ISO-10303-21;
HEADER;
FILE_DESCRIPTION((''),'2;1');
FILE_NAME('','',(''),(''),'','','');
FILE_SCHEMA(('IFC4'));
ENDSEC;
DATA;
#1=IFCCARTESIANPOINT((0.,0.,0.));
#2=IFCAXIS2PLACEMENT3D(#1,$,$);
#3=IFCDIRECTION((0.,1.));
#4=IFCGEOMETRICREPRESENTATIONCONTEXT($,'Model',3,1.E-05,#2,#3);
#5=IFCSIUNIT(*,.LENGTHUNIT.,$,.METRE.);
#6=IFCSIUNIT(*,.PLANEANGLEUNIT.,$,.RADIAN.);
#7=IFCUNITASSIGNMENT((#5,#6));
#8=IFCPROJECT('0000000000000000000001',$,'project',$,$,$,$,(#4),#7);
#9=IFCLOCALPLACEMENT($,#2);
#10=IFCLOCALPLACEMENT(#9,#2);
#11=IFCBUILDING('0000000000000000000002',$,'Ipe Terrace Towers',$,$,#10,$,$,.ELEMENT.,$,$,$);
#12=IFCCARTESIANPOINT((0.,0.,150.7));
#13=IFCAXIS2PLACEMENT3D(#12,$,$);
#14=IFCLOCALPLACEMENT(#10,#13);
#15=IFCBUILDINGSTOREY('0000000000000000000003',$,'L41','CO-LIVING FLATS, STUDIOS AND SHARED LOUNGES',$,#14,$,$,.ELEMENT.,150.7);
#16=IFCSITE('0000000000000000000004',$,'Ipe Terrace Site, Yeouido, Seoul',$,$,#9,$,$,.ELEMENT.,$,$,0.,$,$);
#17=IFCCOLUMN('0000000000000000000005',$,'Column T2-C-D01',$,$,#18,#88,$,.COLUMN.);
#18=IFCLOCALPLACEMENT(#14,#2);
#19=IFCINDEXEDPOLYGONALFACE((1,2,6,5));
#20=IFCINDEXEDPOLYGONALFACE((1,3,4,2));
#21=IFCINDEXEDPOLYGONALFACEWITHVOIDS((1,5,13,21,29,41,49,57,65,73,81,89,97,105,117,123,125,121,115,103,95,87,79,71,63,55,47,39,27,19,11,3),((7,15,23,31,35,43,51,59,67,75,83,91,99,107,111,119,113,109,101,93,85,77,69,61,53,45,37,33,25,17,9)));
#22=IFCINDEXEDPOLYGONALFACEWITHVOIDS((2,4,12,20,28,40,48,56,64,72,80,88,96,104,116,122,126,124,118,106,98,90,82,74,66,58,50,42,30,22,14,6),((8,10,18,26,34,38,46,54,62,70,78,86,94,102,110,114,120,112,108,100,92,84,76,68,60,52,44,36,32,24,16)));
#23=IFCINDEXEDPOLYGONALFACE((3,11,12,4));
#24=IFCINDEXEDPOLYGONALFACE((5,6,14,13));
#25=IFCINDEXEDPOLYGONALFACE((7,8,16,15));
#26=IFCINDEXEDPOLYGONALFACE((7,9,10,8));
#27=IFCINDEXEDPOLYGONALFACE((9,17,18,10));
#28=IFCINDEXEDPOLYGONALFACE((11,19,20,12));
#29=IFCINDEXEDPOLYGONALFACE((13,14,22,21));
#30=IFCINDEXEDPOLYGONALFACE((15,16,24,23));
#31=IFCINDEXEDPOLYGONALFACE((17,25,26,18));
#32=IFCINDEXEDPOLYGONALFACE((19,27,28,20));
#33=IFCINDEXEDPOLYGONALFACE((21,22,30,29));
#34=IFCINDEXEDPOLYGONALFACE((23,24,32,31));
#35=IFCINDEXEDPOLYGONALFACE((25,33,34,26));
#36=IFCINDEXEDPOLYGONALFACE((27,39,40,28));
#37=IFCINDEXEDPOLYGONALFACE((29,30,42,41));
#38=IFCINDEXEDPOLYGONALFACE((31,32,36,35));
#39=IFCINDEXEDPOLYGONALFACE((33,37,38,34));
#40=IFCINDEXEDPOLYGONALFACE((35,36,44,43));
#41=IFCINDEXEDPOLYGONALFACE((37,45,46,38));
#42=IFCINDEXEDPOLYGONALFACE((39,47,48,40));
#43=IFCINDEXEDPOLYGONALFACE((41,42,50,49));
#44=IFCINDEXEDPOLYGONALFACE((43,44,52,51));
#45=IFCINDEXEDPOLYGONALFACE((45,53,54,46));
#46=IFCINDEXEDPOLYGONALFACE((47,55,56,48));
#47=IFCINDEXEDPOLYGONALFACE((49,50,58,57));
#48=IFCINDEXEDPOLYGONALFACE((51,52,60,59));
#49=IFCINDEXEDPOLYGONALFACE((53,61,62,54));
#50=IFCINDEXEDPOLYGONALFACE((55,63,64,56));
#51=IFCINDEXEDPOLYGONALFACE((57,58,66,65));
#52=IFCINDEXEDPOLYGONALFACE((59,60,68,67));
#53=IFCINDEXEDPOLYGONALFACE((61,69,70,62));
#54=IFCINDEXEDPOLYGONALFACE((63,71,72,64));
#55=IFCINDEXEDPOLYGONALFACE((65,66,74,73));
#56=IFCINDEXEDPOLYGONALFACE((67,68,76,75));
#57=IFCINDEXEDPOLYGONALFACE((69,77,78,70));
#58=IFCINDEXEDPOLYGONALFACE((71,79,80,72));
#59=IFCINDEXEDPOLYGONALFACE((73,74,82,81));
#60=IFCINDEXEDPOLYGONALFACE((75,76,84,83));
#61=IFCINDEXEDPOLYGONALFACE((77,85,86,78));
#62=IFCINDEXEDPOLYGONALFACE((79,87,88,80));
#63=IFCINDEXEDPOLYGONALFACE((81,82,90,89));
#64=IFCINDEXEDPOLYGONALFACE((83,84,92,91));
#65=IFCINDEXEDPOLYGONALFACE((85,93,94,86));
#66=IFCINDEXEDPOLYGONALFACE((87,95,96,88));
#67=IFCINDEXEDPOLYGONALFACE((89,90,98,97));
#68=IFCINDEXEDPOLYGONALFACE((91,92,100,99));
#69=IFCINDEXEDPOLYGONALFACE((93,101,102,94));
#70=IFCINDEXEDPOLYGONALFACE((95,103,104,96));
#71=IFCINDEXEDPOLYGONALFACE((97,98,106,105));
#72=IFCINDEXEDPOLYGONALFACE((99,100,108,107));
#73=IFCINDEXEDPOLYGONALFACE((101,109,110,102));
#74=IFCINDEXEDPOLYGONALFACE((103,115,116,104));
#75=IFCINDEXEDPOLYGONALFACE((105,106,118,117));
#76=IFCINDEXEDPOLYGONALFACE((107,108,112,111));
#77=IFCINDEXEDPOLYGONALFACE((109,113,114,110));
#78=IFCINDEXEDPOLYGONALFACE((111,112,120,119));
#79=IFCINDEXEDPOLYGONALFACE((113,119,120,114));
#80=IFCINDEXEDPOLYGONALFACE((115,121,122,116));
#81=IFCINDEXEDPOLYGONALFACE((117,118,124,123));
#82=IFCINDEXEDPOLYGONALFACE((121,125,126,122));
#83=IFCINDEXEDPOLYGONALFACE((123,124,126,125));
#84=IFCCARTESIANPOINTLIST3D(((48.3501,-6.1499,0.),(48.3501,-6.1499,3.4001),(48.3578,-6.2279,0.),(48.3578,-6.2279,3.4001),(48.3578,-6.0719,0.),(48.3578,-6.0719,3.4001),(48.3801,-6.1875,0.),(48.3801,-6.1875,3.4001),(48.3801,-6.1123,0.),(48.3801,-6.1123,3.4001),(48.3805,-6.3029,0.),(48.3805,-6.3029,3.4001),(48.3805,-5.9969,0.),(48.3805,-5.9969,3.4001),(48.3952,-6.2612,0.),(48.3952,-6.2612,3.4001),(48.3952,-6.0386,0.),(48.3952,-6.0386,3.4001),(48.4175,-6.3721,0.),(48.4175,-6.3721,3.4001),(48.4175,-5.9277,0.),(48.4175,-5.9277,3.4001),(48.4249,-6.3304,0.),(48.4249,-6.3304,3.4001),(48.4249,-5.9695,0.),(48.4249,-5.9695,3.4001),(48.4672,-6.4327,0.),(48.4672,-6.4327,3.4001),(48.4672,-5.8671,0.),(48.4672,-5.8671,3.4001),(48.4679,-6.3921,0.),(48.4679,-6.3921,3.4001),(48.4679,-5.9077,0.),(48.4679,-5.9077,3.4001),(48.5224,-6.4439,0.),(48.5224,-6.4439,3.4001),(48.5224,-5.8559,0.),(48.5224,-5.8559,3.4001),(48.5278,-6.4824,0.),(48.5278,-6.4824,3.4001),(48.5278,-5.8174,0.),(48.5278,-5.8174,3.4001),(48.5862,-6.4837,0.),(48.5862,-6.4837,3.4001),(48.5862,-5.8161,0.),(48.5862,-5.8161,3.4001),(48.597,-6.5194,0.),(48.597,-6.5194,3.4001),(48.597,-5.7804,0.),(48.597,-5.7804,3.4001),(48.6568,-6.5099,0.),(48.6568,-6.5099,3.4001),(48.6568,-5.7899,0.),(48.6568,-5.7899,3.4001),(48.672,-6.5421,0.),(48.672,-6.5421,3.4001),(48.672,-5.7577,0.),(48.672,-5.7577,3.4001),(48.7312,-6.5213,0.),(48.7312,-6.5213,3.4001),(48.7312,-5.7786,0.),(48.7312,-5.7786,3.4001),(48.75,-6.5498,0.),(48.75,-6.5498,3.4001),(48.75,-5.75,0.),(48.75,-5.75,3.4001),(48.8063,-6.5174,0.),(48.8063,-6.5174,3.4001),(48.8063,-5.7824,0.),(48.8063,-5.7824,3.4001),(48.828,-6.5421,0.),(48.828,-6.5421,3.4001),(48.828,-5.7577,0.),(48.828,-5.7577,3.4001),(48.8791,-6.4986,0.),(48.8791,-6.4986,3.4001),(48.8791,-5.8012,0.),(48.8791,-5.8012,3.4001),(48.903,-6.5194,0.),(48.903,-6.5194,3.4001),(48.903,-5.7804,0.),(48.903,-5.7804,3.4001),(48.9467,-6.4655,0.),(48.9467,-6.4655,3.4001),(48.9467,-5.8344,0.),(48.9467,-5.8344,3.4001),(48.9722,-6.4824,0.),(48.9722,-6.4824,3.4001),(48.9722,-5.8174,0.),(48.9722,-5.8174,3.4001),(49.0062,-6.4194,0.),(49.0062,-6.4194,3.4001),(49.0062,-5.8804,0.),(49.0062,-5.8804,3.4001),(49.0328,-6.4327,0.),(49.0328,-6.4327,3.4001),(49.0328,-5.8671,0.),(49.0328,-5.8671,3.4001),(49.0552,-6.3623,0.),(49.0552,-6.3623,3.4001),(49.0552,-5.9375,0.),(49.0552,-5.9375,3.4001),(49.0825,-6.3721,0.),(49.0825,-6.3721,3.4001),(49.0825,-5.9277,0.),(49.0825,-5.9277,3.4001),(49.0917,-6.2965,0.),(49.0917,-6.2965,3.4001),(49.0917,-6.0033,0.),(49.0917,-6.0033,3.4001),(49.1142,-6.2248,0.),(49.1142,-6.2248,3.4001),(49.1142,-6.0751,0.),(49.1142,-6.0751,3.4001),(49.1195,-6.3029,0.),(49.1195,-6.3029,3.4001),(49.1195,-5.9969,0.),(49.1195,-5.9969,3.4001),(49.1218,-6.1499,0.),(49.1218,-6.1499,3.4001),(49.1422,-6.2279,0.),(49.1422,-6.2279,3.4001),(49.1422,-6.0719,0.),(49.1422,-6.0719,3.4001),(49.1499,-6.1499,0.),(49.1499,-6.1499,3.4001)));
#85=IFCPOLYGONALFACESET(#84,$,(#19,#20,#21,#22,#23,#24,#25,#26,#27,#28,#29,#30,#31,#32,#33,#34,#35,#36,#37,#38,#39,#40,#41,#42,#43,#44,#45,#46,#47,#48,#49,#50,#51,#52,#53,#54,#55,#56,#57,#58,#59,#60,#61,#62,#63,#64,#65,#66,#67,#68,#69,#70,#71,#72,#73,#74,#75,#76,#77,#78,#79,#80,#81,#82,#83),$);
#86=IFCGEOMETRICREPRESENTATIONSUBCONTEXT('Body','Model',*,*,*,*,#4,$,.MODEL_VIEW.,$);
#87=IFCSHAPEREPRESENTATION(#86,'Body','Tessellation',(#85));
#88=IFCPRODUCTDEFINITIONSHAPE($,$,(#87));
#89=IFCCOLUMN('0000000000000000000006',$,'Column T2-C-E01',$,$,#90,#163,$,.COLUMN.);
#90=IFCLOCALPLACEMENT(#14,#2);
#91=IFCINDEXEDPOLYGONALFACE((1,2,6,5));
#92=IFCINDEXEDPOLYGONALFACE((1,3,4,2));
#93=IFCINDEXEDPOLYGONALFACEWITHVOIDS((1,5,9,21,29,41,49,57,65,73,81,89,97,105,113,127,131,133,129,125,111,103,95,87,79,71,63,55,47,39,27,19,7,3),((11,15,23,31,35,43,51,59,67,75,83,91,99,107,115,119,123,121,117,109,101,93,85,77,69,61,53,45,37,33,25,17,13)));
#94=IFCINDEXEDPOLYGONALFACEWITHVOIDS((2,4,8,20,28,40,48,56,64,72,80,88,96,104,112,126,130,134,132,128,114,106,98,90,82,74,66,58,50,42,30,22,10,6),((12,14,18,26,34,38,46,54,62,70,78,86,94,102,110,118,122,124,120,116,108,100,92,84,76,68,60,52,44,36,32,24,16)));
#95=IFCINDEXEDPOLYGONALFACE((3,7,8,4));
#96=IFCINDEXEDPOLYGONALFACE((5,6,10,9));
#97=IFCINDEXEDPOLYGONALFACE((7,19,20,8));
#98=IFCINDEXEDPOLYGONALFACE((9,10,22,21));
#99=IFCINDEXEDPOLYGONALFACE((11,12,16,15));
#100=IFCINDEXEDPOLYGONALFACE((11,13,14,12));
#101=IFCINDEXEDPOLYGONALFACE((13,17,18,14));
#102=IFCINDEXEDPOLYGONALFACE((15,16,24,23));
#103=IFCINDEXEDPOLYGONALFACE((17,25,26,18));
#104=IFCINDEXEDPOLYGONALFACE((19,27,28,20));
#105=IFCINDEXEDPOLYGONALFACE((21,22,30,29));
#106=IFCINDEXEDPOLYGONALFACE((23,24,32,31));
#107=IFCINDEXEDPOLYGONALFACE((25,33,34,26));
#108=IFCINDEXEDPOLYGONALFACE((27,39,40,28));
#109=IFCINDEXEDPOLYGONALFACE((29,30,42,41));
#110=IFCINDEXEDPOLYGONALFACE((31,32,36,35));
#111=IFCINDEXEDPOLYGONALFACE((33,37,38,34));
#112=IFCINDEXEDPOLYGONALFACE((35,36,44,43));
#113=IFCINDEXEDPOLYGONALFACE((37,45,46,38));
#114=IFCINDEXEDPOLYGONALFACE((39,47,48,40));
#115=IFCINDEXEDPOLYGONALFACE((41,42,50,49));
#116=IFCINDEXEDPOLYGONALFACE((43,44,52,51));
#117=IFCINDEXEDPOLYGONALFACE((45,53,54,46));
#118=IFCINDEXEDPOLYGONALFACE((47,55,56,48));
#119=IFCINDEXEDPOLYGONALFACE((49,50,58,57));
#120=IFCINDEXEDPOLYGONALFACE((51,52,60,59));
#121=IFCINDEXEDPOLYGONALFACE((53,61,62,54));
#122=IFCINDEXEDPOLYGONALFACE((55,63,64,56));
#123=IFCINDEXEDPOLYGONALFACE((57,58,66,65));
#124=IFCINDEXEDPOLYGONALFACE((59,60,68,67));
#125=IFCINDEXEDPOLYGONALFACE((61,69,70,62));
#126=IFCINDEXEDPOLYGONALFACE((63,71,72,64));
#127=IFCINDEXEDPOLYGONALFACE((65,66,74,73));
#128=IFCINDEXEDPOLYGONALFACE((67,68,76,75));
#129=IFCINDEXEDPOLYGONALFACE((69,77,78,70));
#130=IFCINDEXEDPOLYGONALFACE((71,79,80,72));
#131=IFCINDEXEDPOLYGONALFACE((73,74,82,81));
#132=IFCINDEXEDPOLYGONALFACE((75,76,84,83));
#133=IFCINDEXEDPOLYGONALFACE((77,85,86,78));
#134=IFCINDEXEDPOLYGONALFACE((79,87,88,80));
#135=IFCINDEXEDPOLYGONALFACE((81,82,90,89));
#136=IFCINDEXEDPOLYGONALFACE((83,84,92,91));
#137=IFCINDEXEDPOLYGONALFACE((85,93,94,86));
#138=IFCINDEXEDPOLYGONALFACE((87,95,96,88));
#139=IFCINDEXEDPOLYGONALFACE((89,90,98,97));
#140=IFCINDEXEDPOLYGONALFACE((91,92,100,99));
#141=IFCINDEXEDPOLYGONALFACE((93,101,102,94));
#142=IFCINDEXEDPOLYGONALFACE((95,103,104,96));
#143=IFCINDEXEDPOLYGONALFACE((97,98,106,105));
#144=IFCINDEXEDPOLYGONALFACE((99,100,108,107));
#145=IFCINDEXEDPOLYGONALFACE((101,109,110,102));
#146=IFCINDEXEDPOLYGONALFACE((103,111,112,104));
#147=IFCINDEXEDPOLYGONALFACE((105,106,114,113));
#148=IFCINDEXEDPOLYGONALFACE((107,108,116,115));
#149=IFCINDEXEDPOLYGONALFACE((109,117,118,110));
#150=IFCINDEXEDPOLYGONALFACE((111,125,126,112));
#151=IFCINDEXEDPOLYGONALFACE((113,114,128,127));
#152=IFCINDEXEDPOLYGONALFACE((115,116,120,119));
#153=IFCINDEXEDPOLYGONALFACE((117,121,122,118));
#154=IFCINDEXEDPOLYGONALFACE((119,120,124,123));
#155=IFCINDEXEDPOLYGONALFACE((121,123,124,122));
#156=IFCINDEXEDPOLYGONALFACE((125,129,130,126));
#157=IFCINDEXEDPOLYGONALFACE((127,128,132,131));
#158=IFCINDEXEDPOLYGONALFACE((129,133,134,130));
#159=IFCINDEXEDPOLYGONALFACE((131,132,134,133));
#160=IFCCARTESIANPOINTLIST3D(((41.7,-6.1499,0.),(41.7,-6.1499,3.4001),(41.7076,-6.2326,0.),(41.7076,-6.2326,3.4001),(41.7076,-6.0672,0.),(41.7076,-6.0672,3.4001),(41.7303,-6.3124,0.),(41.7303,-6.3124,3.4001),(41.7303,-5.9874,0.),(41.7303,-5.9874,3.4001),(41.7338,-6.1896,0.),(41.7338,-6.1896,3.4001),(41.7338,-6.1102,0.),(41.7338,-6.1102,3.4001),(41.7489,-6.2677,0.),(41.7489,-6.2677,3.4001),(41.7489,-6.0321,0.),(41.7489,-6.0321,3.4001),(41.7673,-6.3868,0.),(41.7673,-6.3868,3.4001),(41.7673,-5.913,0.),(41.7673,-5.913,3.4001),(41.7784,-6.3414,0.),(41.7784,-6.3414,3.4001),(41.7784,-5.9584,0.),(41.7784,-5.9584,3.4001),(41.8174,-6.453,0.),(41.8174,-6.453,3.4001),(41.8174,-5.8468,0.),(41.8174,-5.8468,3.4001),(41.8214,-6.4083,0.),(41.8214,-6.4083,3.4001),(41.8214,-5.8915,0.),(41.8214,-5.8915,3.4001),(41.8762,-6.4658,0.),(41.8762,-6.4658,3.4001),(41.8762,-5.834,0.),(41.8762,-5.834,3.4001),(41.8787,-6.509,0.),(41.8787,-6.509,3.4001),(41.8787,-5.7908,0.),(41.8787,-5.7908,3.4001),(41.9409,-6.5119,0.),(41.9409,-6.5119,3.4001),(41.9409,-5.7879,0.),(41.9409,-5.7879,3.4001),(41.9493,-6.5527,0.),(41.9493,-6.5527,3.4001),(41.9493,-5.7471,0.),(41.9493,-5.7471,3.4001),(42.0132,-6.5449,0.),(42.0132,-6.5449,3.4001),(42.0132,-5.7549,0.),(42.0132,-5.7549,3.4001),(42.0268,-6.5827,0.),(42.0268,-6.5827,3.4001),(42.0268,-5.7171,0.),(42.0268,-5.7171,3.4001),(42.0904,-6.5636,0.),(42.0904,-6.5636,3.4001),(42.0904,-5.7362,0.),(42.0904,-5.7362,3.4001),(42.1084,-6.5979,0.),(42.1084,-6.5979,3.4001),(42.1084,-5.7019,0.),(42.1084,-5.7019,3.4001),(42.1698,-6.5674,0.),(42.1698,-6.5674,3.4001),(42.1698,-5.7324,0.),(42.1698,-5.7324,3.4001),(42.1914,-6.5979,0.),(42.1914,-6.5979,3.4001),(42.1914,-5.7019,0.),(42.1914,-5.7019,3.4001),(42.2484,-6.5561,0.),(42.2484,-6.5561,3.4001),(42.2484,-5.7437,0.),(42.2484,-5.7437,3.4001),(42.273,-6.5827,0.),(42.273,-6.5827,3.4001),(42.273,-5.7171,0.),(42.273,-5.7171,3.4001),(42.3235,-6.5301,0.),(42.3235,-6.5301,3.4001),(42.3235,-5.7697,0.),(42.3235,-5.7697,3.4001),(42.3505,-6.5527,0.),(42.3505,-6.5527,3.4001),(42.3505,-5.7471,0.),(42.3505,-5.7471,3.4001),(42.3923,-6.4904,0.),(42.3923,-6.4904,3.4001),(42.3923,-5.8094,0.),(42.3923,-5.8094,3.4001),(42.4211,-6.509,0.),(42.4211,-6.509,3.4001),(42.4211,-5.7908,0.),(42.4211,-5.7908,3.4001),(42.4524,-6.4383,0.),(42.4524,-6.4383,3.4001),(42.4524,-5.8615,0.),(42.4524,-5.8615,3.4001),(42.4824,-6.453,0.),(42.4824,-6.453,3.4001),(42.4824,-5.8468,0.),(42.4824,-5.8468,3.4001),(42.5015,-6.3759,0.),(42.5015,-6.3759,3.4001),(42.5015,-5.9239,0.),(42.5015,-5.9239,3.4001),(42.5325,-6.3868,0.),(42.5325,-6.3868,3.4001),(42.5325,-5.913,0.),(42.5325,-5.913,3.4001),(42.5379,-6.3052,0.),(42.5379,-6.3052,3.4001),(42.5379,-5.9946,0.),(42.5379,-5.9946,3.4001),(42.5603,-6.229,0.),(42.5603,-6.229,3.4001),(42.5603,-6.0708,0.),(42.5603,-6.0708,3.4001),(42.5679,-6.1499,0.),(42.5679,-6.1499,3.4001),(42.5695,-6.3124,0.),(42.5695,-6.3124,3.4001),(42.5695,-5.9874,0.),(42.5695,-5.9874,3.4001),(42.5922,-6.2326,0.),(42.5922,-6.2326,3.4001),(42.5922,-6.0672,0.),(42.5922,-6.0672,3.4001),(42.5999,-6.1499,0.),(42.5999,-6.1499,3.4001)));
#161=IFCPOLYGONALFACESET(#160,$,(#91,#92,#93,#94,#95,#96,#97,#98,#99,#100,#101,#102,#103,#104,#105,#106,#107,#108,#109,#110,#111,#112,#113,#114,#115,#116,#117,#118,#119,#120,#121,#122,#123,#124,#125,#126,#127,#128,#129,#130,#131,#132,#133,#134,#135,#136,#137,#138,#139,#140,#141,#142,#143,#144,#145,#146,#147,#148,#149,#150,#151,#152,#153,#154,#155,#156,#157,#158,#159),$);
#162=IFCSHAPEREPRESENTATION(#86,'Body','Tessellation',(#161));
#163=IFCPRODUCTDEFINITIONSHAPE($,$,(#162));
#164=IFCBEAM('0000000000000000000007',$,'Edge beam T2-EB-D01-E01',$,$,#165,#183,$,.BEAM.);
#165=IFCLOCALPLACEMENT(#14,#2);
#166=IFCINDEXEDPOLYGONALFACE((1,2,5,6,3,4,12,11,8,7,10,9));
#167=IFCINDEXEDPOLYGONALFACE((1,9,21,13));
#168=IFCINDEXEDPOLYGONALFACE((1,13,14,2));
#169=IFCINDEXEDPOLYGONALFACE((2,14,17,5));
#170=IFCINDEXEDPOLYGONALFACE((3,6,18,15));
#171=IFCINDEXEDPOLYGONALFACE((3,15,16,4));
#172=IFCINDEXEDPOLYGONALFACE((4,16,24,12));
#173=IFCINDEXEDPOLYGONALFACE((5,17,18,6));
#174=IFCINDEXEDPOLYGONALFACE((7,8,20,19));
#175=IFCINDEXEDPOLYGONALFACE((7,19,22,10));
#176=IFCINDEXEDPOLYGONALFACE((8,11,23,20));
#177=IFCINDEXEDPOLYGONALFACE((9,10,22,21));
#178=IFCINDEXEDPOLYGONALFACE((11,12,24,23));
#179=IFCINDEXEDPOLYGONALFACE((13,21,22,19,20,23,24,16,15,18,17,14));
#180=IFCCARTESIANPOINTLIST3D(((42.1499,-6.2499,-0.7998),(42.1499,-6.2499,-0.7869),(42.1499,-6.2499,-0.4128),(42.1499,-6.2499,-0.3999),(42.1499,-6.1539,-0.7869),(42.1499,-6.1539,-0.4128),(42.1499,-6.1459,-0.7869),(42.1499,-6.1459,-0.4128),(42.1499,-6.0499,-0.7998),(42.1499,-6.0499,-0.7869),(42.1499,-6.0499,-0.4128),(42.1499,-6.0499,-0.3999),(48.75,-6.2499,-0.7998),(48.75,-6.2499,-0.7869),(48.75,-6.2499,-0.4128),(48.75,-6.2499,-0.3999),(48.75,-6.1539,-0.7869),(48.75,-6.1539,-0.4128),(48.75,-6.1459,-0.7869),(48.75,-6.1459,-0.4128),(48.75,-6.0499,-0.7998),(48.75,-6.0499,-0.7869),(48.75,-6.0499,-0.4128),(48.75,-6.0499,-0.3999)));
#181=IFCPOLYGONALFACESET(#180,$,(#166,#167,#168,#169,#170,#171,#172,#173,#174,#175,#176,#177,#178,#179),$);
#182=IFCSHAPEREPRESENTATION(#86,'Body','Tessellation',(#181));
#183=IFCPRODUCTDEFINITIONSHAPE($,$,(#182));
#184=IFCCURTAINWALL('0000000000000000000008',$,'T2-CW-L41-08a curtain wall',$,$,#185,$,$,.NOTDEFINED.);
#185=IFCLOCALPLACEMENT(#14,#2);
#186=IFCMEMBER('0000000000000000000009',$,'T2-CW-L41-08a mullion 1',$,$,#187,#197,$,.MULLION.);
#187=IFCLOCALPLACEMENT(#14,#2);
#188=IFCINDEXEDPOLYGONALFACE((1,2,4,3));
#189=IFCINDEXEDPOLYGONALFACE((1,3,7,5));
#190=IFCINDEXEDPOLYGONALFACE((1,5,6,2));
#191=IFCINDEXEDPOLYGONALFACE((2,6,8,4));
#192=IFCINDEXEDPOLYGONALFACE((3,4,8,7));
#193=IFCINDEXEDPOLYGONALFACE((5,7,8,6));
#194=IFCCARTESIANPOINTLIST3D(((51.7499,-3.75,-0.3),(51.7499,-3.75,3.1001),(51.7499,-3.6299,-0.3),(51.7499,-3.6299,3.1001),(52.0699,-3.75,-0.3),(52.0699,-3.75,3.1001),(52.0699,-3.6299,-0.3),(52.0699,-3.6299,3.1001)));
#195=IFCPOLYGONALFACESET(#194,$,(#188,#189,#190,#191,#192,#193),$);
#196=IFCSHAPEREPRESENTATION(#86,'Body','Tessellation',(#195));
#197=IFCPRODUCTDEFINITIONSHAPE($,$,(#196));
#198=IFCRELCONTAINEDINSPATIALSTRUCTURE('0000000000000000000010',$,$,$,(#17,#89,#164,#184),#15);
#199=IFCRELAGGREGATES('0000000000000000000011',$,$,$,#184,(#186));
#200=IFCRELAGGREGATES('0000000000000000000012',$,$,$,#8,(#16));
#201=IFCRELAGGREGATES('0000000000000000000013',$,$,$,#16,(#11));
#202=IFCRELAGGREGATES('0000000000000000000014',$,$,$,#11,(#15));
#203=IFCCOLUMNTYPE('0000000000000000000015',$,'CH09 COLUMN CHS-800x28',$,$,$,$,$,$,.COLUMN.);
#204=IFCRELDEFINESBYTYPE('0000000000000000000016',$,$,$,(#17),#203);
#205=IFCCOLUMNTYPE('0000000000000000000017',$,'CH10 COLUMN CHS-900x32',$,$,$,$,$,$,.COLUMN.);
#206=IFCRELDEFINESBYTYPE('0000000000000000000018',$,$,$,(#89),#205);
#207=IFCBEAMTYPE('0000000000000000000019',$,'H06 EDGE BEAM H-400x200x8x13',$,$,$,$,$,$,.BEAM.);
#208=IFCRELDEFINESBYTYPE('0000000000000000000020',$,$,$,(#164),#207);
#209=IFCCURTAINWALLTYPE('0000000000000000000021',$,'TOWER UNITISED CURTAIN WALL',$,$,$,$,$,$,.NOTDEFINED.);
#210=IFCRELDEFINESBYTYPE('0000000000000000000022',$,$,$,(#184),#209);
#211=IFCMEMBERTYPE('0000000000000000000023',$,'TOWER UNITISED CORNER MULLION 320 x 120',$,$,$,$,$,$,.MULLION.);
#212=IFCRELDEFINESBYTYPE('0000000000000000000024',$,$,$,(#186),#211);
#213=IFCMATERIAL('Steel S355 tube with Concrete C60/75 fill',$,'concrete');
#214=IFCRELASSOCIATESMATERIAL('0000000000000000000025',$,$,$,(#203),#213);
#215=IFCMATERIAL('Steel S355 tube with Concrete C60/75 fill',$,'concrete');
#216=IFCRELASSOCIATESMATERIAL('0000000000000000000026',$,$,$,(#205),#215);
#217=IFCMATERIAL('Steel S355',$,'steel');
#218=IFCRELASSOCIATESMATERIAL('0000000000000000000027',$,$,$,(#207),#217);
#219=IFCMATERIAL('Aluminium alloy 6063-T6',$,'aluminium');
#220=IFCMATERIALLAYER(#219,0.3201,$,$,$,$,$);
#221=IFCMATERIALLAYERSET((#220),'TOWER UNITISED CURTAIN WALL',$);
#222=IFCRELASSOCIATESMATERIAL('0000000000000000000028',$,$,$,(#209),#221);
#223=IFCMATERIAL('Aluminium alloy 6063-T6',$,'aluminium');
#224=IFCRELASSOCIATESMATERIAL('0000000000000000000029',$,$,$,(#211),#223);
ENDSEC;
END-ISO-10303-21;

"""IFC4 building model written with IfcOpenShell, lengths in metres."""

from ifc_helpers import new_model, si_unit, direction, frame, origin, origin_2d, place, context, subcontext, project, spatial, rectangle, hollow_circle, i_section, extrude, material, layer, layer_set, material_profile, profile_set, type_object, element, aggregate, save


model = new_model("IFC4")

# Units and contexts
model_context = context("Model", 3, precision=1e-05, world=origin(), true_north=direction((0.0, 1.0)))
body_context = subcontext(model_context, "Body", "Model", "MODEL_VIEW")
ifc_project = project(units=[si_unit("LENGTHUNIT", "METRE"), si_unit("PLANEANGLEUNIT", "RADIAN")], contexts=[model_context])

# Site, building, storey
site_placement = place(None, origin())
site = spatial("IfcSite", under=ifc_project, at=site_placement, Name="Ipe Terrace Site, Yeouido, Seoul", CompositionType="ELEMENT", RefElevation=0.0)
building_placement = place(site_placement, origin())
building = spatial("IfcBuilding", under=site, at=building_placement, Name="Ipe Terrace Towers", CompositionType="ELEMENT")
storey_placement = place(building_placement, frame((0.0, 0.0, 150.7)))
storey = spatial("IfcBuildingStorey", under=building, at=storey_placement, Name="L41", Description="CO-LIVING FLATS, STUDIOS AND SHARED LOUNGES", CompositionType="ELEMENT", Elevation=150.7)

# Columns
ifc_material_1 = material(Name="Steel S355 tube with Concrete C60/75 fill", Category="concrete")
ifc_material_profile_1 = material_profile(ifc_material_1, hollow_circle(Radius=0.3999, WallThickness=0.0281, at=origin_2d()), Name="CHS-800x28")
ifc_profile_set_1 = profile_set([ifc_material_profile_1], Name="Steel S355 tube with Concrete C60/75 fill")
column_type_1 = type_object("IfcColumnType", Name="CH09 COLUMN CHS-800x28", PredefinedType="COLUMN", material=ifc_profile_set_1)
column_1_placement = place(storey_placement, frame((48.75, -6.1499, 0.0), z_axis=(0.0, 0.0, 1.0), x_axis=(1.0, 0.0, 0.0)))
element("IfcColumn", 1, at=column_1_placement, inside=storey, type_object=column_type_1, Name="Column T2-C-D01", PredefinedType="COLUMN", context=body_context, shape_type="SweptSolid", body=[
    extrude(hollow_circle(Radius=0.3999, WallThickness=0.0281, at=origin_2d()), origin(), (0.0, 0.0, 1.0), 3.4001),
])
ifc_material_2 = material(Name="Steel S355 tube with Concrete C60/75 fill", Category="concrete")
ifc_material_profile_2 = material_profile(ifc_material_2, hollow_circle(Radius=0.45, WallThickness=0.032, at=origin_2d()), Name="CHS-900x32")
ifc_profile_set_2 = profile_set([ifc_material_profile_2], Name="Steel S355 tube with Concrete C60/75 fill")
column_type_2 = type_object("IfcColumnType", Name="CH10 COLUMN CHS-900x32", PredefinedType="COLUMN", material=ifc_profile_set_2)
column_2_placement = place(storey_placement, frame((42.1499, -6.1499, 0.0), z_axis=(0.0, 0.0, 1.0), x_axis=(1.0, 0.0, 0.0)))
element("IfcColumn", 2, at=column_2_placement, inside=storey, type_object=column_type_2, Name="Column T2-C-E01", PredefinedType="COLUMN", context=body_context, shape_type="SweptSolid", body=[
    extrude(hollow_circle(Radius=0.45, WallThickness=0.032, at=origin_2d()), origin(), (0.0, 0.0, 1.0), 3.4001),
])

# Beam
ifc_material_3 = material(Name="Steel S355", Category="steel")
ifc_material_profile_3 = material_profile(ifc_material_3, i_section(OverallWidth=0.2, OverallDepth=0.3999, WebThickness=0.0081, FlangeThickness=0.0129, at=origin_2d()), Name="H-400x200x8x13")
ifc_profile_set_3 = profile_set([ifc_material_profile_3], Name="Steel S355")
beam_type = type_object("IfcBeamType", Name="H06 EDGE BEAM H-400x200x8x13", PredefinedType="BEAM", material=ifc_profile_set_3)
beam_placement = place(storey_placement, frame((48.75, -6.1499, -0.5999), z_axis=(-1.0, 0.0, 0.0), x_axis=(0.0, -1.0, 0.0)))
element("IfcBeam", 3, at=beam_placement, inside=storey, type_object=beam_type, Name="Edge beam T2-EB-D01-E01", PredefinedType="BEAM", context=body_context, shape_type="SweptSolid", body=[
    extrude(i_section(OverallWidth=0.2, OverallDepth=0.3999, WebThickness=0.0081, FlangeThickness=0.0129, at=origin_2d()), origin(), (0.0, 0.0, 1.0), 6.6001),
])

# Curtain wall, member
ifc_material_4 = material(Name="Aluminium alloy 6063-T6", Category="aluminium")
ifc_layer_1 = layer(ifc_material_4, 0.3201)
ifc_layer_set_1 = layer_set([ifc_layer_1], Name="TOWER UNITISED CURTAIN WALL")
curtain_wall_type = type_object("IfcCurtainWallType", Name="TOWER UNITISED CURTAIN WALL", PredefinedType="NOTDEFINED", material=ifc_layer_set_1)
curtain_wall_placement = place(storey_placement, origin())
curtain_wall = element("IfcCurtainWall", 4, at=curtain_wall_placement, inside=storey, type_object=curtain_wall_type, Name="T2-CW-L41-08a curtain wall", PredefinedType="NOTDEFINED")
ifc_material_5 = material(Name="Aluminium alloy 6063-T6", Category="aluminium")
ifc_material_profile_4 = material_profile(ifc_material_5, rectangle(XDim=0.3201, YDim=0.1201, at=origin_2d()), Name="TOWER UNITISED CORNER MULLION 320 x 120")
ifc_profile_set_4 = profile_set([ifc_material_profile_4], Name="Aluminium alloy 6063-T6")
member_type_1 = type_object("IfcMemberType", Name="TOWER UNITISED CORNER MULLION 320 x 120", PredefinedType="MULLION", material=ifc_profile_set_4)
member_1_placement = place(storey_placement, frame((51.9099, -3.6899, -0.3), z_axis=(0.0, 0.0, 1.0), x_axis=(1.0, 0.0, 0.0)))
member_1 = element("IfcMember", 5, at=member_1_placement, type_object=member_type_1, Name="T2-CW-L41-08a mullion 1", PredefinedType="MULLION", context=body_context, shape_type="SweptSolid", body=[
    extrude(rectangle(XDim=0.3201, YDim=0.1201, at=origin_2d()), origin(), (0.0, 0.0, 1.0), 3.4001),
])
aggregate(curtain_wall, [member_1])

save(model, "model.ifc")
